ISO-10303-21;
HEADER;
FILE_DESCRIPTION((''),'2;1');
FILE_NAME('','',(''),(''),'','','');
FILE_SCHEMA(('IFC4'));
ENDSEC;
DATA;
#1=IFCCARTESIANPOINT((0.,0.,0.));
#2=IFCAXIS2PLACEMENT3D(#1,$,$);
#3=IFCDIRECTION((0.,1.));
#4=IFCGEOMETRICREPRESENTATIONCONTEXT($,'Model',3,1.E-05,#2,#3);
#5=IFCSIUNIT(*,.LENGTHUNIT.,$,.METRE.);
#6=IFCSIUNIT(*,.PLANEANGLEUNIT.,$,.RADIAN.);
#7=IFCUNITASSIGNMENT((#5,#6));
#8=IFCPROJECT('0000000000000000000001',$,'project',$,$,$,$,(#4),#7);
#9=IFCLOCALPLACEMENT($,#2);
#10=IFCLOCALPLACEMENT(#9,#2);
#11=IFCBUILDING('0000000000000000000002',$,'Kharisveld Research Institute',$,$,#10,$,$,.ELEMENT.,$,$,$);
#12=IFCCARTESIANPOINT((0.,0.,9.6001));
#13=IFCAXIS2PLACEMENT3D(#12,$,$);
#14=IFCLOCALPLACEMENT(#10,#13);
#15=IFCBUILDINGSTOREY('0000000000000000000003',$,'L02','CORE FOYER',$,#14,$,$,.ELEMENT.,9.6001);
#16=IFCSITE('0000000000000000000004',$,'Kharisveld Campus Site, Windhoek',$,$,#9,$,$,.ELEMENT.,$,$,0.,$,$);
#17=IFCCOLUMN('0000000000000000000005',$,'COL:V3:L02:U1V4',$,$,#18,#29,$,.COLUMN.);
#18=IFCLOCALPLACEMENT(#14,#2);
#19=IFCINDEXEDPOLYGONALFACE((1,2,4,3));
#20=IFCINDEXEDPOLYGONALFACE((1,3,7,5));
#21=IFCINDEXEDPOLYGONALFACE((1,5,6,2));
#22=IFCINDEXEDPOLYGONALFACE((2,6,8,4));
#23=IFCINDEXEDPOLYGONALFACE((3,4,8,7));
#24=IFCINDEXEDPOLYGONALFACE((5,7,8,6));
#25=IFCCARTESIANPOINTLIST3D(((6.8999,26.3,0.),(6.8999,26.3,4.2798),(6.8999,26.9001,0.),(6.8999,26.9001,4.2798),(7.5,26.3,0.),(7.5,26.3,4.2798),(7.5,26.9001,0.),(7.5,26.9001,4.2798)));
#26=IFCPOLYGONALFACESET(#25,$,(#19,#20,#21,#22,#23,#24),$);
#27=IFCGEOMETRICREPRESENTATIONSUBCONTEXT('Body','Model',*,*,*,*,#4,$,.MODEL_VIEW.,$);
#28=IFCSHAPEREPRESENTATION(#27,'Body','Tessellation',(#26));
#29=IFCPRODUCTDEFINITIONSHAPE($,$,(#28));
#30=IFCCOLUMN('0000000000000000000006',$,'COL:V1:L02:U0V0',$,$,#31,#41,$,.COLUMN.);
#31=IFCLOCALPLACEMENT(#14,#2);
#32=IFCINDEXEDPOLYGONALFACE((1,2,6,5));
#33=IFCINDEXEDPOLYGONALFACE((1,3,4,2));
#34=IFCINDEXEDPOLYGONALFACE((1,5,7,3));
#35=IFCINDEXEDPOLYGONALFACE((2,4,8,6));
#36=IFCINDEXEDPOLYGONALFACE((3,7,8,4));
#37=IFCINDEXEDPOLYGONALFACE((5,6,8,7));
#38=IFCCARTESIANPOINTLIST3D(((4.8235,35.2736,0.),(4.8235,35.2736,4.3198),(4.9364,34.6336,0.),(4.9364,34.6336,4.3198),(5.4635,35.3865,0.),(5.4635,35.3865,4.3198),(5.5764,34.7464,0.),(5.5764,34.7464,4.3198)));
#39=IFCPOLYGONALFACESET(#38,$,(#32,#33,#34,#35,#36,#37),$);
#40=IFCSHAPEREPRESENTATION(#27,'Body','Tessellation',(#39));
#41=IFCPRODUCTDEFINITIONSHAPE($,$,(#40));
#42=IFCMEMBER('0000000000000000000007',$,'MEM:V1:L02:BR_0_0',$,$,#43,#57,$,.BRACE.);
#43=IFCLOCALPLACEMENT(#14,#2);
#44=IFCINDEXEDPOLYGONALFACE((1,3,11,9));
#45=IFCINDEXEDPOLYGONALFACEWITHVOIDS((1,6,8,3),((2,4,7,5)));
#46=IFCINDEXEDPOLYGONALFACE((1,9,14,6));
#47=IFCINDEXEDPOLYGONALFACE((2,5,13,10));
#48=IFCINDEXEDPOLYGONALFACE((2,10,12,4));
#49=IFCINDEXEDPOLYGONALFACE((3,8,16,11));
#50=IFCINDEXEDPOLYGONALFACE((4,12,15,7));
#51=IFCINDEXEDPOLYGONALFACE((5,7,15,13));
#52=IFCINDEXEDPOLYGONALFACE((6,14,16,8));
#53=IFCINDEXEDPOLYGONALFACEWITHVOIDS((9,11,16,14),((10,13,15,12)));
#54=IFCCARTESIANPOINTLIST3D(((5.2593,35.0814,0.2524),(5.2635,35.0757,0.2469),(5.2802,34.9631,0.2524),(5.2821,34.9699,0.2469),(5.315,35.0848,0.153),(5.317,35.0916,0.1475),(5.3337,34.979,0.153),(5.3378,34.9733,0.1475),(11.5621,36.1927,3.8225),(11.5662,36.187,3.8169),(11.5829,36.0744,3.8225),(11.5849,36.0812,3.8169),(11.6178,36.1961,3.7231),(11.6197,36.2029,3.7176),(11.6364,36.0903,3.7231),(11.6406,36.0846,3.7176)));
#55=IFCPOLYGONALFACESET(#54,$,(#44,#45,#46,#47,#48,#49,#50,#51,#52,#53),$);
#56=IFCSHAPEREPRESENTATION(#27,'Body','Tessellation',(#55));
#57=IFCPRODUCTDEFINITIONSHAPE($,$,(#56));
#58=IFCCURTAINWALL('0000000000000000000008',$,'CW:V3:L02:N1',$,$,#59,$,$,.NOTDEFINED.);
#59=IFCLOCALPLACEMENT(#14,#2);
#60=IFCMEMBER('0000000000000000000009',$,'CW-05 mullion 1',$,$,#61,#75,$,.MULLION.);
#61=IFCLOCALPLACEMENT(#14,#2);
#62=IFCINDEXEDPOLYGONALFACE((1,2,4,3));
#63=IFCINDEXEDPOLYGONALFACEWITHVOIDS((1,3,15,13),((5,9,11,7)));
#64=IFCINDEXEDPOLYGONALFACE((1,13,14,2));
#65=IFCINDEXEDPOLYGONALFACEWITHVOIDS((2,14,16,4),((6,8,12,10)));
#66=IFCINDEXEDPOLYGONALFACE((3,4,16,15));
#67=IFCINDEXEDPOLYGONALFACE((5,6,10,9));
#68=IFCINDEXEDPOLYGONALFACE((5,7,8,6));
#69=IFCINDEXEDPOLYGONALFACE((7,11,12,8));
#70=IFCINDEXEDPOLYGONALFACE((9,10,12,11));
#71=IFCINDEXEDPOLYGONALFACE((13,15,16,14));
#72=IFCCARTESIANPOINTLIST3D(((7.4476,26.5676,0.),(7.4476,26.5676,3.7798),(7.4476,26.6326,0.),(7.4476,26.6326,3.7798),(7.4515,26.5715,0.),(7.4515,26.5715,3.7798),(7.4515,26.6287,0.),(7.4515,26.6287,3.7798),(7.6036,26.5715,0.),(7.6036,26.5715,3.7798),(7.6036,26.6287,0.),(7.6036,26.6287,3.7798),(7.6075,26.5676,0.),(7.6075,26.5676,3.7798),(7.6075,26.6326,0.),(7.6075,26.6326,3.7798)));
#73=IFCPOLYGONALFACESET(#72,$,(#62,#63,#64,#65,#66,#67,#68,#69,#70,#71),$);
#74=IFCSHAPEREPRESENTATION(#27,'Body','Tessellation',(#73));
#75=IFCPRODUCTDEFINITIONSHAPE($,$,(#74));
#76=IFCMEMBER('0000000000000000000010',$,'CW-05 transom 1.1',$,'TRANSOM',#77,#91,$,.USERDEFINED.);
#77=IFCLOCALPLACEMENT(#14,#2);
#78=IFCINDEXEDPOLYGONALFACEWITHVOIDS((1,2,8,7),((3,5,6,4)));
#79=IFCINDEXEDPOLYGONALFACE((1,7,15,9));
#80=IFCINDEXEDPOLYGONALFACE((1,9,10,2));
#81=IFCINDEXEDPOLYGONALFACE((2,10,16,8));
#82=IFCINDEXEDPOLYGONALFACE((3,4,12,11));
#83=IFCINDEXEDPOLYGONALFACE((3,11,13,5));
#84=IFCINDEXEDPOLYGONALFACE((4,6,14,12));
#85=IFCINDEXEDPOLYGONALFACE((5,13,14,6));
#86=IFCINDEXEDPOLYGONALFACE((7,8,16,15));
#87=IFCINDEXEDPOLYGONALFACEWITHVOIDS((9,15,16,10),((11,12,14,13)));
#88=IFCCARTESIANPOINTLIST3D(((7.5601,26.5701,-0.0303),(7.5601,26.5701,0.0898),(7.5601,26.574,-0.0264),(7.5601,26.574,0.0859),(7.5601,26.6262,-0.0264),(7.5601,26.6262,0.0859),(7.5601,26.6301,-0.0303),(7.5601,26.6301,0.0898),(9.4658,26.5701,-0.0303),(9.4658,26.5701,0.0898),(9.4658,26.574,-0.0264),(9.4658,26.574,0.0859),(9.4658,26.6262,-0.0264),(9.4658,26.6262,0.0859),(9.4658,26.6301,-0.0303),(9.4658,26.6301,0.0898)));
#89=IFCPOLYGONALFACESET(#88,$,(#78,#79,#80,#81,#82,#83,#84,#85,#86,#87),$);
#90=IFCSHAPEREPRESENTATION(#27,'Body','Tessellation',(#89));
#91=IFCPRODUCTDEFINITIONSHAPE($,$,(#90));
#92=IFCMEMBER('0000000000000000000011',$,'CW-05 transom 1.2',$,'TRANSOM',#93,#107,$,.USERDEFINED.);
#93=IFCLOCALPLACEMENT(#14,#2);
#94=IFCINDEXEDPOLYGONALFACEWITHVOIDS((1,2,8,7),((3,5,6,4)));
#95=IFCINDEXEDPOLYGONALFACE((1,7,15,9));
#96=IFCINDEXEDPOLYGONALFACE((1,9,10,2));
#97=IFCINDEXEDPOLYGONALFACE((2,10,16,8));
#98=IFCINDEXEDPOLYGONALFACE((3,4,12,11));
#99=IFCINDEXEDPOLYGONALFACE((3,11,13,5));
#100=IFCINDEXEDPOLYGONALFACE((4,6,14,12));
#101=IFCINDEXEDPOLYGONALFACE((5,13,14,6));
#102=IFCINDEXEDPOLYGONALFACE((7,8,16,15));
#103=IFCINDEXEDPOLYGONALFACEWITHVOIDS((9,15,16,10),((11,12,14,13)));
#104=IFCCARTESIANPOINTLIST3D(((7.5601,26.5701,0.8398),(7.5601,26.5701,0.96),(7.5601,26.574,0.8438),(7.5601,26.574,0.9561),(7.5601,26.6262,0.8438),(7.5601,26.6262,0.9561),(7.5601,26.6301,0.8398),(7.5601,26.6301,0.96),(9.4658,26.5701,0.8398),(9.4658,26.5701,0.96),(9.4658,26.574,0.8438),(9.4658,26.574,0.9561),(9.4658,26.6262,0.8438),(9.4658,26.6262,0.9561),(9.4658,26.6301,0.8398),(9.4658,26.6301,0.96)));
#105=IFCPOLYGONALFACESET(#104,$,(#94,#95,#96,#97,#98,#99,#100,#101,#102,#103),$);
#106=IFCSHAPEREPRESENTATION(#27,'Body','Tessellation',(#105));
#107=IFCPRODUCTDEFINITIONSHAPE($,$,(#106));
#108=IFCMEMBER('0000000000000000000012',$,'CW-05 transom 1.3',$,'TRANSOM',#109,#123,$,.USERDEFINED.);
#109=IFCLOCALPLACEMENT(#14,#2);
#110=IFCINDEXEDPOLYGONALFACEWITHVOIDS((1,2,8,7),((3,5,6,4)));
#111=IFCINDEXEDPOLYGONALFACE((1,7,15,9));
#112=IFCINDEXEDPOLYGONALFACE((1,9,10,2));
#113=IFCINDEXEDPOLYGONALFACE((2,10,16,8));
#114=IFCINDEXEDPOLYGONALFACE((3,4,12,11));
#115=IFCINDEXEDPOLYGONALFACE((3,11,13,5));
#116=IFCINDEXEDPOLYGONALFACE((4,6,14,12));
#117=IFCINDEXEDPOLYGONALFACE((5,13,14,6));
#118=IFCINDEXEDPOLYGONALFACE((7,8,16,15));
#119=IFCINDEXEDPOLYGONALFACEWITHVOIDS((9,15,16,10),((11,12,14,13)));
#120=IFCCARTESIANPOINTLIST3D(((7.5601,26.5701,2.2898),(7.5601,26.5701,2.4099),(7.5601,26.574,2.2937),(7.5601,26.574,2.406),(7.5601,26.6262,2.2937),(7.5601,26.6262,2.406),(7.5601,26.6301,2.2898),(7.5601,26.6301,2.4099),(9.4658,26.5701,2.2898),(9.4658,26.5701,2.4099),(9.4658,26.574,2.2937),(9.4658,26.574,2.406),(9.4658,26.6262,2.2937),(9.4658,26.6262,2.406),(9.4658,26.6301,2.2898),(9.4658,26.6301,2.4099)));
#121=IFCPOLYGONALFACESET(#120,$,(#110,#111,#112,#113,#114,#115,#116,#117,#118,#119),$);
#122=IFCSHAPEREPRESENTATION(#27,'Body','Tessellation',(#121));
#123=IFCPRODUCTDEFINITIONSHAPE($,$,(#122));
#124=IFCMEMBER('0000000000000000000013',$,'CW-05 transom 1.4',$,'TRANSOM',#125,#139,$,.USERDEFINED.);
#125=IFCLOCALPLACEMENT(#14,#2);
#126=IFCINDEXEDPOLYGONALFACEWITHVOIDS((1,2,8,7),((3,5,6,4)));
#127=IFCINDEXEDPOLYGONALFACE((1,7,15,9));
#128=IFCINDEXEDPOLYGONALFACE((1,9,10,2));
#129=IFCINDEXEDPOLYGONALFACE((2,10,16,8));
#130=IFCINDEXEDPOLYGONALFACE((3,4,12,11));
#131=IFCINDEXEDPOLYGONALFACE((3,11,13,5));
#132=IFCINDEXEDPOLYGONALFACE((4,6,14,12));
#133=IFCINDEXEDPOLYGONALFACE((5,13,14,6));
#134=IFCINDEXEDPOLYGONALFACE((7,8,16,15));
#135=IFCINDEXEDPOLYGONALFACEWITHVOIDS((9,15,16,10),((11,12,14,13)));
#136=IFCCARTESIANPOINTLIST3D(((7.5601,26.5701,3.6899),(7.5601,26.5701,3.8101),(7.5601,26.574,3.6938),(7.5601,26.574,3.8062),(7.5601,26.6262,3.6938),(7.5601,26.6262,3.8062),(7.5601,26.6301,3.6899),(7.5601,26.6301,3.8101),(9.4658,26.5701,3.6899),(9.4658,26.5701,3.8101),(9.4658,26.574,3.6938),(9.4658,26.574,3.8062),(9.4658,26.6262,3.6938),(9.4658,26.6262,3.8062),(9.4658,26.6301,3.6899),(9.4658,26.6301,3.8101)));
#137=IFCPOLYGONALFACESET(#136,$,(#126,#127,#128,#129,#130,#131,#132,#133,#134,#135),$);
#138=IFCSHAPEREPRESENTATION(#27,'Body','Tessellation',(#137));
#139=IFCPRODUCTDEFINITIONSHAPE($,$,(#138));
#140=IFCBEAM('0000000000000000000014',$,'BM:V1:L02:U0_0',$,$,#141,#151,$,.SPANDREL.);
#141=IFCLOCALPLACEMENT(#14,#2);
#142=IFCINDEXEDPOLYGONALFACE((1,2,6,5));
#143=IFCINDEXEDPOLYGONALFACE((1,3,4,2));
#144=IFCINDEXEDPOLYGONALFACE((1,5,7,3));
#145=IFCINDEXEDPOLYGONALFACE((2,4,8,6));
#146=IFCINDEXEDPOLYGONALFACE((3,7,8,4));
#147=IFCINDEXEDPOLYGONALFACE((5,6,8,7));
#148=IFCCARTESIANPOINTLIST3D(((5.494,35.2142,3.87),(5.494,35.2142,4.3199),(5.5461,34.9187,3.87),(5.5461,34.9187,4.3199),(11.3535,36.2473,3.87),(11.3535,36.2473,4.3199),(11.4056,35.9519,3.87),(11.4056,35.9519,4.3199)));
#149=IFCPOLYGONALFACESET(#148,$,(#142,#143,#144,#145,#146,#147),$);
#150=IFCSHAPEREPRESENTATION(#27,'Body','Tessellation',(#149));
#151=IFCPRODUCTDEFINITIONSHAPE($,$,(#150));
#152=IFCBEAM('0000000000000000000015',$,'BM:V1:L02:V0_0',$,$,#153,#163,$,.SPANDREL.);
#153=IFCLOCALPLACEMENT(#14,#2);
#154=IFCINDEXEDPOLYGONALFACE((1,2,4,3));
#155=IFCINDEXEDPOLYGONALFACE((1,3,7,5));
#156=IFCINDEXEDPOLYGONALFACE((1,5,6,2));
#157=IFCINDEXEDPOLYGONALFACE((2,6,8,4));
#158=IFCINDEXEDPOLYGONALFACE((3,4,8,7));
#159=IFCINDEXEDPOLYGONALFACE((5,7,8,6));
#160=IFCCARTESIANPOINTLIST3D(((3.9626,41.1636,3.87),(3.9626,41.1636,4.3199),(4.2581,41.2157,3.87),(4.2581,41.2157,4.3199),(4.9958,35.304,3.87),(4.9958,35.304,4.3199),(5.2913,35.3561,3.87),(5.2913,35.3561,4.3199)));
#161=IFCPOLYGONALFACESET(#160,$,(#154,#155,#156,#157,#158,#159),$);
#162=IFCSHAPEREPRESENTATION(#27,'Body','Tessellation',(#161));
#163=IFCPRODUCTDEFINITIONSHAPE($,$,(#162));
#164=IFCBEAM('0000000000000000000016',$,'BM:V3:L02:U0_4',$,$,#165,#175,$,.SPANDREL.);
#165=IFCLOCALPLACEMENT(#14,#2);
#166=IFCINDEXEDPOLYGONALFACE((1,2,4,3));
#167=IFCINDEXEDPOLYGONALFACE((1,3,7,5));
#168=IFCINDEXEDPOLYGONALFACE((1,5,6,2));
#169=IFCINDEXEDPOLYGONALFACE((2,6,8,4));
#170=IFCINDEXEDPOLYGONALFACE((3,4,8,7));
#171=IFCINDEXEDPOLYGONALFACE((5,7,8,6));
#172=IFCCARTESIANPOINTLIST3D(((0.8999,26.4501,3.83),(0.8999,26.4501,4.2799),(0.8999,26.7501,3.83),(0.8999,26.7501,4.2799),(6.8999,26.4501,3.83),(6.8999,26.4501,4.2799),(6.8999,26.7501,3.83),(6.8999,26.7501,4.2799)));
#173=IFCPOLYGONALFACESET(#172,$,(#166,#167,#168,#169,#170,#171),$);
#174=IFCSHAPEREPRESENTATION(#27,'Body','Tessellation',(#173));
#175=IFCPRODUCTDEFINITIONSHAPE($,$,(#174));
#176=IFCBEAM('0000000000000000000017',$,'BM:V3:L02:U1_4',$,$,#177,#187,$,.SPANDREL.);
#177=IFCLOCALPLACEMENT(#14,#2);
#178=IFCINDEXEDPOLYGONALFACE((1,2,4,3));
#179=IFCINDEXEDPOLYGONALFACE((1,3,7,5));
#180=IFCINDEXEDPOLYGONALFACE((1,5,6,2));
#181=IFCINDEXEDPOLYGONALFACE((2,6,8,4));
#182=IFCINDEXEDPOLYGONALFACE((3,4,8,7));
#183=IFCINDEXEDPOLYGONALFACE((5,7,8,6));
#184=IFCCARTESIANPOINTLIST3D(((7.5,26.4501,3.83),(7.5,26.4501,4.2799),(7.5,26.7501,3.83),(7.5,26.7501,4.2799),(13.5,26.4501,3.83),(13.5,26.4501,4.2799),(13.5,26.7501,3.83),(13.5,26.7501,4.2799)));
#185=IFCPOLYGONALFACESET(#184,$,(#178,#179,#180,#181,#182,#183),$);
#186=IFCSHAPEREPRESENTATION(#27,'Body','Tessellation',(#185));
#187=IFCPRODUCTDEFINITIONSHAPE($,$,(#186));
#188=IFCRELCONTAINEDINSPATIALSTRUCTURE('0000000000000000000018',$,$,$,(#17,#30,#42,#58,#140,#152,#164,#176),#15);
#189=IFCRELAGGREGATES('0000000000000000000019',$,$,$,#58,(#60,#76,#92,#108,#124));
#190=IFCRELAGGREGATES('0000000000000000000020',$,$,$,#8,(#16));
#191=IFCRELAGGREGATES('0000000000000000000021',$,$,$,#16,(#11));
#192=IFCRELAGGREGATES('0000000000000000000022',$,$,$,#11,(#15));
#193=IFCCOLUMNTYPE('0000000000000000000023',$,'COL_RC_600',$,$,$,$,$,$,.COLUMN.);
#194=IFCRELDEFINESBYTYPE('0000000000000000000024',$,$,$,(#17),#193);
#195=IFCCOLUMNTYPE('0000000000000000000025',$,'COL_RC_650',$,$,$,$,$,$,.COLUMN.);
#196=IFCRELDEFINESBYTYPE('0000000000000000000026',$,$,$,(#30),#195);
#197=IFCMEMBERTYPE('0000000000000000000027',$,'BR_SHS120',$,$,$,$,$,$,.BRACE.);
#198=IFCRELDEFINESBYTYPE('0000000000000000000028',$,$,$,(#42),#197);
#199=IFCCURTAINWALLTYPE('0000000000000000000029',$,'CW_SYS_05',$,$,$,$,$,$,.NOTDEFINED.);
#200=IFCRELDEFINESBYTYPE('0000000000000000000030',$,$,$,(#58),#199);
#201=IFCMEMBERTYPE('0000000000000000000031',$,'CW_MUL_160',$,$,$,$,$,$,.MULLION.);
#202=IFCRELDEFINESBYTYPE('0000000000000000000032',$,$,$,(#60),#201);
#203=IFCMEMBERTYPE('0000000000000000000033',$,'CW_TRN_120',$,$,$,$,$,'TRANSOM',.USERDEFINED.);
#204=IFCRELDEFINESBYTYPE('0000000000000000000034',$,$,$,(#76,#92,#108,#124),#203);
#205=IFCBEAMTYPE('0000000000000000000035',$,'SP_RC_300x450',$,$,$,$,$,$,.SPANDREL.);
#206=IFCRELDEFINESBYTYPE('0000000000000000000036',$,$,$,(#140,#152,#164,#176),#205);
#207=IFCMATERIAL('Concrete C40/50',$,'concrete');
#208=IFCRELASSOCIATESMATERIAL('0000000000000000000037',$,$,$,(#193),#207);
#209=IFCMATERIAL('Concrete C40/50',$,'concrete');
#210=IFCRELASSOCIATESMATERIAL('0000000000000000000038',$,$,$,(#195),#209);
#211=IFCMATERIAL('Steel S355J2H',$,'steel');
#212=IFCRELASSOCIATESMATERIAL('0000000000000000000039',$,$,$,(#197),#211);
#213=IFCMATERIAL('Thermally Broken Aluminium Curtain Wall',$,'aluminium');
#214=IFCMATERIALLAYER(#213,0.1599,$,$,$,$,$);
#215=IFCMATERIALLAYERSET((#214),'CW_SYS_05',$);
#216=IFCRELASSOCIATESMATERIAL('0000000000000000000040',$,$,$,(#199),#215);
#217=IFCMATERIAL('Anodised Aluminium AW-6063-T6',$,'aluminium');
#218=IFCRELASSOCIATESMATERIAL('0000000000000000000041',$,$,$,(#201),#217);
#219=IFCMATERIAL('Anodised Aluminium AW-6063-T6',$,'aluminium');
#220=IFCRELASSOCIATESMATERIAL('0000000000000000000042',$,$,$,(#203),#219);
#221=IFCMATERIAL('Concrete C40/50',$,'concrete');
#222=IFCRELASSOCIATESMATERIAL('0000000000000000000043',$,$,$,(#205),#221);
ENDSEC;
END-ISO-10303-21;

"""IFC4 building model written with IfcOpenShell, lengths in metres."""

from ifc_helpers import new_model, si_unit, direction, frame, origin, origin_2d, place, context, subcontext, project, spatial, rectangle, hollow_rectangle, extrude, material, layer, layer_set, material_profile, profile_set, type_object, element, aggregate, save


model = new_model("IFC4")

# Units and contexts
model_context = context("Model", 3, precision=1e-05, world=origin(), true_north=direction((0.0, 1.0)))
body_context = subcontext(model_context, "Body", "Model", "MODEL_VIEW")
ifc_project = project(units=[si_unit("LENGTHUNIT", "METRE"), si_unit("PLANEANGLEUNIT", "RADIAN")], contexts=[model_context])

# Site, building, storey
site_placement = place(None, origin())
site = spatial("IfcSite", under=ifc_project, at=site_placement, Name="Kharisveld Campus Site, Windhoek", CompositionType="ELEMENT", RefElevation=0.0)
building_placement = place(site_placement, origin())
building = spatial("IfcBuilding", under=site, at=building_placement, Name="Kharisveld Research Institute", CompositionType="ELEMENT")
storey_placement = place(building_placement, frame((0.0, 0.0, 9.6001)))
storey = spatial("IfcBuildingStorey", under=building, at=storey_placement, Name="L02", Description="CORE FOYER", CompositionType="ELEMENT", Elevation=9.6001)

# Columns
ifc_material_1 = material(Name="Concrete C40/50", Category="concrete")
ifc_material_profile_1 = material_profile(ifc_material_1, rectangle(XDim=0.6001, YDim=0.6001, at=origin_2d()))
ifc_profile_set_1 = profile_set([ifc_material_profile_1], Name="Concrete C40/50")
column_type_1 = type_object("IfcColumnType", Name="COL_RC_600", PredefinedType="COLUMN", material=ifc_profile_set_1)
column_1_placement = place(storey_placement, frame((7.2, 26.6001, 0.0), z_axis=(0.0, 0.0, 1.0), x_axis=(1.0, 0.0, 0.0)))
element("IfcColumn", 1, at=column_1_placement, inside=storey, type_object=column_type_1, Name="COL:V3:L02:U1V4", PredefinedType="COLUMN", context=body_context, shape_type="SweptSolid", body=[
    extrude(rectangle(XDim=0.6001, YDim=0.6001, at=origin_2d()), origin(), (0.0, 0.0, 1.0), 4.2798),
])
ifc_material_2 = material(Name="Concrete C40/50", Category="concrete")
ifc_material_profile_2 = material_profile(ifc_material_2, rectangle(XDim=0.6499, YDim=0.6499, at=origin_2d()))
ifc_profile_set_2 = profile_set([ifc_material_profile_2], Name="Concrete C40/50")
column_type_2 = type_object("IfcColumnType", Name="COL_RC_650", PredefinedType="COLUMN", material=ifc_profile_set_2)
column_2_placement = place(storey_placement, frame((5.2, 35.01, 0.0), z_axis=(0.0, 0.0, 1.0), x_axis=(0.984808, 0.173648, 0.0)))
element("IfcColumn", 2, at=column_2_placement, inside=storey, type_object=column_type_2, Name="COL:V1:L02:U0V0", PredefinedType="COLUMN", context=body_context, shape_type="SweptSolid", body=[
    extrude(rectangle(XDim=0.6499, YDim=0.6499, at=origin_2d()), origin(), (0.0, 0.0, 1.0), 4.3198),
])

# Member
ifc_material_3 = material(Name="Steel S355J2H", Category="steel")
ifc_material_profile_3 = material_profile(ifc_material_3, hollow_rectangle(XDim=0.1201, YDim=0.1201, WallThickness=0.0063, at=origin_2d()))
ifc_profile_set_3 = profile_set([ifc_material_profile_3], Name="Steel S355J2H")
member_type_1 = type_object("IfcMemberType", Name="BR_SHS120", PredefinedType="BRACE", material=ifc_profile_set_3)
member_1_placement = place(storey_placement, frame((5.2986, 35.0273, 0.2), z_axis=(0.860047, 0.151648, 0.487158), x_axis=(-0.173646, 0.984808, 0.0)))
element("IfcMember", 3, at=member_1_placement, inside=storey, type_object=member_type_1, Name="MEM:V1:L02:BR_0_0", PredefinedType="BRACE", context=body_context, shape_type="SweptSolid", body=[
    extrude(hollow_rectangle(XDim=0.1201, YDim=0.1201, WallThickness=0.0063, at=origin_2d()), origin(), (0.0, 0.0, 1.0), 7.3284),
])

# Curtain wall, members
ifc_material_4 = material(Name="Thermally Broken Aluminium Curtain Wall", Category="aluminium")
ifc_layer_1 = layer(ifc_material_4, 0.1599)
ifc_layer_set_1 = layer_set([ifc_layer_1], Name="CW_SYS_05")
curtain_wall_type = type_object("IfcCurtainWallType", Name="CW_SYS_05", PredefinedType="NOTDEFINED", material=ifc_layer_set_1)
curtain_wall_placement = place(storey_placement, origin())
curtain_wall = element("IfcCurtainWall", 4, at=curtain_wall_placement, inside=storey, type_object=curtain_wall_type, Name="CW:V3:L02:N1", PredefinedType="NOTDEFINED")
ifc_material_5 = material(Name="Anodised Aluminium AW-6063-T6", Category="aluminium")
ifc_material_profile_4 = material_profile(ifc_material_5, hollow_rectangle(XDim=0.0649, YDim=0.1599, WallThickness=0.0039, at=origin_2d()))
ifc_profile_set_4 = profile_set([ifc_material_profile_4], Name="Anodised Aluminium AW-6063-T6")
member_type_2 = type_object("IfcMemberType", Name="CW_MUL_160", PredefinedType="MULLION", material=ifc_profile_set_4)
member_2_placement = place(storey_placement, frame((7.5276, 26.6001, 0.0), z_axis=(0.0, 0.0, 1.0), x_axis=(0.0, 1.0, 0.0)))
member_2 = element("IfcMember", 5, at=member_2_placement, type_object=member_type_2, Name="CW-05 mullion 1", PredefinedType="MULLION", context=body_context, shape_type="SweptSolid", body=[
    extrude(hollow_rectangle(XDim=0.0649, YDim=0.1599, WallThickness=0.0039, at=origin_2d()), origin(), (0.0, 0.0, 1.0), 3.7798),
])
ifc_material_6 = material(Name="Anodised Aluminium AW-6063-T6", Category="aluminium")
ifc_material_profile_5 = material_profile(ifc_material_6, hollow_rectangle(XDim=0.0601, YDim=0.1201, WallThickness=0.0039, at=origin_2d()))
ifc_profile_set_5 = profile_set([ifc_material_profile_5], Name="Anodised Aluminium AW-6063-T6")
member_type_3 = type_object("IfcMemberType", Name="CW_TRN_120", ElementType="TRANSOM", PredefinedType="USERDEFINED", material=ifc_profile_set_5)
member_3_placement = place(storey_placement, frame((7.5601, 26.6001, 0.0298), z_axis=(1.0, 0.0, 0.0), x_axis=(0.0, 1.0, 0.0)))
member_3 = element("IfcMember", 6, at=member_3_placement, type_object=member_type_3, Name="CW-05 transom 1.1", ObjectType="TRANSOM", PredefinedType="USERDEFINED", context=body_context, shape_type="SweptSolid", body=[
    extrude(hollow_rectangle(XDim=0.0601, YDim=0.1201, WallThickness=0.0039, at=origin_2d()), origin(), (0.0, 0.0, 1.0), 1.9058),
])
member_4_placement = place(storey_placement, frame((7.5601, 26.6001, 0.8999), z_axis=(1.0, 0.0, 0.0), x_axis=(0.0, 1.0, 0.0)))
member_4 = element("IfcMember", 7, at=member_4_placement, type_object=member_type_3, Name="CW-05 transom 1.2", ObjectType="TRANSOM", PredefinedType="USERDEFINED", context=body_context, shape_type="SweptSolid", body=[
    extrude(hollow_rectangle(XDim=0.0601, YDim=0.1201, WallThickness=0.0039, at=origin_2d()), origin(), (0.0, 0.0, 1.0), 1.9058),
])
member_5_placement = place(storey_placement, frame((7.5601, 26.6001, 2.3499), z_axis=(1.0, 0.0, 0.0), x_axis=(0.0, 1.0, 0.0)))
member_5 = element("IfcMember", 8, at=member_5_placement, type_object=member_type_3, Name="CW-05 transom 1.3", ObjectType="TRANSOM", PredefinedType="USERDEFINED", context=body_context, shape_type="SweptSolid", body=[
    extrude(hollow_rectangle(XDim=0.0601, YDim=0.1201, WallThickness=0.0039, at=origin_2d()), origin(), (0.0, 0.0, 1.0), 1.9058),
])
member_6_placement = place(storey_placement, frame((7.5601, 26.6001, 3.75), z_axis=(1.0, 0.0, 0.0), x_axis=(0.0, 1.0, 0.0)))
member_6 = element("IfcMember", 9, at=member_6_placement, type_object=member_type_3, Name="CW-05 transom 1.4", ObjectType="TRANSOM", PredefinedType="USERDEFINED", context=body_context, shape_type="SweptSolid", body=[
    extrude(hollow_rectangle(XDim=0.0601, YDim=0.1201, WallThickness=0.0039, at=origin_2d()), origin(), (0.0, 0.0, 1.0), 1.9058),
])

# Beams
ifc_material_7 = material(Name="Concrete C40/50", Category="concrete")
ifc_material_profile_6 = material_profile(ifc_material_7, rectangle(XDim=0.3, YDim=0.45, at=origin_2d()))
ifc_profile_set_6 = profile_set([ifc_material_profile_6], Name="Concrete C40/50")
beam_type = type_object("IfcBeamType", Name="SP_RC_300x450", PredefinedType="SPANDREL", material=ifc_profile_set_6)
for number, where, z_axis, x_axis, name in (
    (10, (5.52, 35.0664, 4.095), (0.984808, 0.173647, 0.0), (-0.173647, 0.984808, 0.0), "BM:V1:L02:U0_0"),
    (11, (5.1436, 35.3301, 4.095), (-0.173647, 0.984808, 0.0), (-0.984808, -0.173647, 0.0), "BM:V1:L02:V0_0"),
):
    element("IfcBeam", number, at=place(storey_placement, frame(where, z_axis=z_axis, x_axis=x_axis)), inside=storey, type_object=beam_type, Name=name, PredefinedType="SPANDREL", context=body_context, shape_type="SweptSolid", body=[
        extrude(rectangle(XDim=0.3, YDim=0.45, at=origin_2d()), origin(), (0.0, 0.0, 1.0), 5.95),
    ])
for number, where, z_axis, x_axis, name in (
    (12, (0.8999, 26.6001, 4.0549), (1.0, 0.0, 0.0), (0.0, 1.0, 0.0), "BM:V3:L02:U0_4"),
    (13, (7.5, 26.6001, 4.0549), (1.0, 0.0, 0.0), (0.0, 1.0, 0.0), "BM:V3:L02:U1_4"),
):
    element("IfcBeam", number, at=place(storey_placement, frame(where, z_axis=z_axis, x_axis=x_axis)), inside=storey, type_object=beam_type, Name=name, PredefinedType="SPANDREL", context=body_context, shape_type="SweptSolid", body=[
        extrude(rectangle(XDim=0.3, YDim=0.45, at=origin_2d()), origin(), (0.0, 0.0, 1.0), 6.0),
    ])

aggregate(curtain_wall, [member_2, member_3, member_4, member_5, member_6])

save(model, "model.ifc")
